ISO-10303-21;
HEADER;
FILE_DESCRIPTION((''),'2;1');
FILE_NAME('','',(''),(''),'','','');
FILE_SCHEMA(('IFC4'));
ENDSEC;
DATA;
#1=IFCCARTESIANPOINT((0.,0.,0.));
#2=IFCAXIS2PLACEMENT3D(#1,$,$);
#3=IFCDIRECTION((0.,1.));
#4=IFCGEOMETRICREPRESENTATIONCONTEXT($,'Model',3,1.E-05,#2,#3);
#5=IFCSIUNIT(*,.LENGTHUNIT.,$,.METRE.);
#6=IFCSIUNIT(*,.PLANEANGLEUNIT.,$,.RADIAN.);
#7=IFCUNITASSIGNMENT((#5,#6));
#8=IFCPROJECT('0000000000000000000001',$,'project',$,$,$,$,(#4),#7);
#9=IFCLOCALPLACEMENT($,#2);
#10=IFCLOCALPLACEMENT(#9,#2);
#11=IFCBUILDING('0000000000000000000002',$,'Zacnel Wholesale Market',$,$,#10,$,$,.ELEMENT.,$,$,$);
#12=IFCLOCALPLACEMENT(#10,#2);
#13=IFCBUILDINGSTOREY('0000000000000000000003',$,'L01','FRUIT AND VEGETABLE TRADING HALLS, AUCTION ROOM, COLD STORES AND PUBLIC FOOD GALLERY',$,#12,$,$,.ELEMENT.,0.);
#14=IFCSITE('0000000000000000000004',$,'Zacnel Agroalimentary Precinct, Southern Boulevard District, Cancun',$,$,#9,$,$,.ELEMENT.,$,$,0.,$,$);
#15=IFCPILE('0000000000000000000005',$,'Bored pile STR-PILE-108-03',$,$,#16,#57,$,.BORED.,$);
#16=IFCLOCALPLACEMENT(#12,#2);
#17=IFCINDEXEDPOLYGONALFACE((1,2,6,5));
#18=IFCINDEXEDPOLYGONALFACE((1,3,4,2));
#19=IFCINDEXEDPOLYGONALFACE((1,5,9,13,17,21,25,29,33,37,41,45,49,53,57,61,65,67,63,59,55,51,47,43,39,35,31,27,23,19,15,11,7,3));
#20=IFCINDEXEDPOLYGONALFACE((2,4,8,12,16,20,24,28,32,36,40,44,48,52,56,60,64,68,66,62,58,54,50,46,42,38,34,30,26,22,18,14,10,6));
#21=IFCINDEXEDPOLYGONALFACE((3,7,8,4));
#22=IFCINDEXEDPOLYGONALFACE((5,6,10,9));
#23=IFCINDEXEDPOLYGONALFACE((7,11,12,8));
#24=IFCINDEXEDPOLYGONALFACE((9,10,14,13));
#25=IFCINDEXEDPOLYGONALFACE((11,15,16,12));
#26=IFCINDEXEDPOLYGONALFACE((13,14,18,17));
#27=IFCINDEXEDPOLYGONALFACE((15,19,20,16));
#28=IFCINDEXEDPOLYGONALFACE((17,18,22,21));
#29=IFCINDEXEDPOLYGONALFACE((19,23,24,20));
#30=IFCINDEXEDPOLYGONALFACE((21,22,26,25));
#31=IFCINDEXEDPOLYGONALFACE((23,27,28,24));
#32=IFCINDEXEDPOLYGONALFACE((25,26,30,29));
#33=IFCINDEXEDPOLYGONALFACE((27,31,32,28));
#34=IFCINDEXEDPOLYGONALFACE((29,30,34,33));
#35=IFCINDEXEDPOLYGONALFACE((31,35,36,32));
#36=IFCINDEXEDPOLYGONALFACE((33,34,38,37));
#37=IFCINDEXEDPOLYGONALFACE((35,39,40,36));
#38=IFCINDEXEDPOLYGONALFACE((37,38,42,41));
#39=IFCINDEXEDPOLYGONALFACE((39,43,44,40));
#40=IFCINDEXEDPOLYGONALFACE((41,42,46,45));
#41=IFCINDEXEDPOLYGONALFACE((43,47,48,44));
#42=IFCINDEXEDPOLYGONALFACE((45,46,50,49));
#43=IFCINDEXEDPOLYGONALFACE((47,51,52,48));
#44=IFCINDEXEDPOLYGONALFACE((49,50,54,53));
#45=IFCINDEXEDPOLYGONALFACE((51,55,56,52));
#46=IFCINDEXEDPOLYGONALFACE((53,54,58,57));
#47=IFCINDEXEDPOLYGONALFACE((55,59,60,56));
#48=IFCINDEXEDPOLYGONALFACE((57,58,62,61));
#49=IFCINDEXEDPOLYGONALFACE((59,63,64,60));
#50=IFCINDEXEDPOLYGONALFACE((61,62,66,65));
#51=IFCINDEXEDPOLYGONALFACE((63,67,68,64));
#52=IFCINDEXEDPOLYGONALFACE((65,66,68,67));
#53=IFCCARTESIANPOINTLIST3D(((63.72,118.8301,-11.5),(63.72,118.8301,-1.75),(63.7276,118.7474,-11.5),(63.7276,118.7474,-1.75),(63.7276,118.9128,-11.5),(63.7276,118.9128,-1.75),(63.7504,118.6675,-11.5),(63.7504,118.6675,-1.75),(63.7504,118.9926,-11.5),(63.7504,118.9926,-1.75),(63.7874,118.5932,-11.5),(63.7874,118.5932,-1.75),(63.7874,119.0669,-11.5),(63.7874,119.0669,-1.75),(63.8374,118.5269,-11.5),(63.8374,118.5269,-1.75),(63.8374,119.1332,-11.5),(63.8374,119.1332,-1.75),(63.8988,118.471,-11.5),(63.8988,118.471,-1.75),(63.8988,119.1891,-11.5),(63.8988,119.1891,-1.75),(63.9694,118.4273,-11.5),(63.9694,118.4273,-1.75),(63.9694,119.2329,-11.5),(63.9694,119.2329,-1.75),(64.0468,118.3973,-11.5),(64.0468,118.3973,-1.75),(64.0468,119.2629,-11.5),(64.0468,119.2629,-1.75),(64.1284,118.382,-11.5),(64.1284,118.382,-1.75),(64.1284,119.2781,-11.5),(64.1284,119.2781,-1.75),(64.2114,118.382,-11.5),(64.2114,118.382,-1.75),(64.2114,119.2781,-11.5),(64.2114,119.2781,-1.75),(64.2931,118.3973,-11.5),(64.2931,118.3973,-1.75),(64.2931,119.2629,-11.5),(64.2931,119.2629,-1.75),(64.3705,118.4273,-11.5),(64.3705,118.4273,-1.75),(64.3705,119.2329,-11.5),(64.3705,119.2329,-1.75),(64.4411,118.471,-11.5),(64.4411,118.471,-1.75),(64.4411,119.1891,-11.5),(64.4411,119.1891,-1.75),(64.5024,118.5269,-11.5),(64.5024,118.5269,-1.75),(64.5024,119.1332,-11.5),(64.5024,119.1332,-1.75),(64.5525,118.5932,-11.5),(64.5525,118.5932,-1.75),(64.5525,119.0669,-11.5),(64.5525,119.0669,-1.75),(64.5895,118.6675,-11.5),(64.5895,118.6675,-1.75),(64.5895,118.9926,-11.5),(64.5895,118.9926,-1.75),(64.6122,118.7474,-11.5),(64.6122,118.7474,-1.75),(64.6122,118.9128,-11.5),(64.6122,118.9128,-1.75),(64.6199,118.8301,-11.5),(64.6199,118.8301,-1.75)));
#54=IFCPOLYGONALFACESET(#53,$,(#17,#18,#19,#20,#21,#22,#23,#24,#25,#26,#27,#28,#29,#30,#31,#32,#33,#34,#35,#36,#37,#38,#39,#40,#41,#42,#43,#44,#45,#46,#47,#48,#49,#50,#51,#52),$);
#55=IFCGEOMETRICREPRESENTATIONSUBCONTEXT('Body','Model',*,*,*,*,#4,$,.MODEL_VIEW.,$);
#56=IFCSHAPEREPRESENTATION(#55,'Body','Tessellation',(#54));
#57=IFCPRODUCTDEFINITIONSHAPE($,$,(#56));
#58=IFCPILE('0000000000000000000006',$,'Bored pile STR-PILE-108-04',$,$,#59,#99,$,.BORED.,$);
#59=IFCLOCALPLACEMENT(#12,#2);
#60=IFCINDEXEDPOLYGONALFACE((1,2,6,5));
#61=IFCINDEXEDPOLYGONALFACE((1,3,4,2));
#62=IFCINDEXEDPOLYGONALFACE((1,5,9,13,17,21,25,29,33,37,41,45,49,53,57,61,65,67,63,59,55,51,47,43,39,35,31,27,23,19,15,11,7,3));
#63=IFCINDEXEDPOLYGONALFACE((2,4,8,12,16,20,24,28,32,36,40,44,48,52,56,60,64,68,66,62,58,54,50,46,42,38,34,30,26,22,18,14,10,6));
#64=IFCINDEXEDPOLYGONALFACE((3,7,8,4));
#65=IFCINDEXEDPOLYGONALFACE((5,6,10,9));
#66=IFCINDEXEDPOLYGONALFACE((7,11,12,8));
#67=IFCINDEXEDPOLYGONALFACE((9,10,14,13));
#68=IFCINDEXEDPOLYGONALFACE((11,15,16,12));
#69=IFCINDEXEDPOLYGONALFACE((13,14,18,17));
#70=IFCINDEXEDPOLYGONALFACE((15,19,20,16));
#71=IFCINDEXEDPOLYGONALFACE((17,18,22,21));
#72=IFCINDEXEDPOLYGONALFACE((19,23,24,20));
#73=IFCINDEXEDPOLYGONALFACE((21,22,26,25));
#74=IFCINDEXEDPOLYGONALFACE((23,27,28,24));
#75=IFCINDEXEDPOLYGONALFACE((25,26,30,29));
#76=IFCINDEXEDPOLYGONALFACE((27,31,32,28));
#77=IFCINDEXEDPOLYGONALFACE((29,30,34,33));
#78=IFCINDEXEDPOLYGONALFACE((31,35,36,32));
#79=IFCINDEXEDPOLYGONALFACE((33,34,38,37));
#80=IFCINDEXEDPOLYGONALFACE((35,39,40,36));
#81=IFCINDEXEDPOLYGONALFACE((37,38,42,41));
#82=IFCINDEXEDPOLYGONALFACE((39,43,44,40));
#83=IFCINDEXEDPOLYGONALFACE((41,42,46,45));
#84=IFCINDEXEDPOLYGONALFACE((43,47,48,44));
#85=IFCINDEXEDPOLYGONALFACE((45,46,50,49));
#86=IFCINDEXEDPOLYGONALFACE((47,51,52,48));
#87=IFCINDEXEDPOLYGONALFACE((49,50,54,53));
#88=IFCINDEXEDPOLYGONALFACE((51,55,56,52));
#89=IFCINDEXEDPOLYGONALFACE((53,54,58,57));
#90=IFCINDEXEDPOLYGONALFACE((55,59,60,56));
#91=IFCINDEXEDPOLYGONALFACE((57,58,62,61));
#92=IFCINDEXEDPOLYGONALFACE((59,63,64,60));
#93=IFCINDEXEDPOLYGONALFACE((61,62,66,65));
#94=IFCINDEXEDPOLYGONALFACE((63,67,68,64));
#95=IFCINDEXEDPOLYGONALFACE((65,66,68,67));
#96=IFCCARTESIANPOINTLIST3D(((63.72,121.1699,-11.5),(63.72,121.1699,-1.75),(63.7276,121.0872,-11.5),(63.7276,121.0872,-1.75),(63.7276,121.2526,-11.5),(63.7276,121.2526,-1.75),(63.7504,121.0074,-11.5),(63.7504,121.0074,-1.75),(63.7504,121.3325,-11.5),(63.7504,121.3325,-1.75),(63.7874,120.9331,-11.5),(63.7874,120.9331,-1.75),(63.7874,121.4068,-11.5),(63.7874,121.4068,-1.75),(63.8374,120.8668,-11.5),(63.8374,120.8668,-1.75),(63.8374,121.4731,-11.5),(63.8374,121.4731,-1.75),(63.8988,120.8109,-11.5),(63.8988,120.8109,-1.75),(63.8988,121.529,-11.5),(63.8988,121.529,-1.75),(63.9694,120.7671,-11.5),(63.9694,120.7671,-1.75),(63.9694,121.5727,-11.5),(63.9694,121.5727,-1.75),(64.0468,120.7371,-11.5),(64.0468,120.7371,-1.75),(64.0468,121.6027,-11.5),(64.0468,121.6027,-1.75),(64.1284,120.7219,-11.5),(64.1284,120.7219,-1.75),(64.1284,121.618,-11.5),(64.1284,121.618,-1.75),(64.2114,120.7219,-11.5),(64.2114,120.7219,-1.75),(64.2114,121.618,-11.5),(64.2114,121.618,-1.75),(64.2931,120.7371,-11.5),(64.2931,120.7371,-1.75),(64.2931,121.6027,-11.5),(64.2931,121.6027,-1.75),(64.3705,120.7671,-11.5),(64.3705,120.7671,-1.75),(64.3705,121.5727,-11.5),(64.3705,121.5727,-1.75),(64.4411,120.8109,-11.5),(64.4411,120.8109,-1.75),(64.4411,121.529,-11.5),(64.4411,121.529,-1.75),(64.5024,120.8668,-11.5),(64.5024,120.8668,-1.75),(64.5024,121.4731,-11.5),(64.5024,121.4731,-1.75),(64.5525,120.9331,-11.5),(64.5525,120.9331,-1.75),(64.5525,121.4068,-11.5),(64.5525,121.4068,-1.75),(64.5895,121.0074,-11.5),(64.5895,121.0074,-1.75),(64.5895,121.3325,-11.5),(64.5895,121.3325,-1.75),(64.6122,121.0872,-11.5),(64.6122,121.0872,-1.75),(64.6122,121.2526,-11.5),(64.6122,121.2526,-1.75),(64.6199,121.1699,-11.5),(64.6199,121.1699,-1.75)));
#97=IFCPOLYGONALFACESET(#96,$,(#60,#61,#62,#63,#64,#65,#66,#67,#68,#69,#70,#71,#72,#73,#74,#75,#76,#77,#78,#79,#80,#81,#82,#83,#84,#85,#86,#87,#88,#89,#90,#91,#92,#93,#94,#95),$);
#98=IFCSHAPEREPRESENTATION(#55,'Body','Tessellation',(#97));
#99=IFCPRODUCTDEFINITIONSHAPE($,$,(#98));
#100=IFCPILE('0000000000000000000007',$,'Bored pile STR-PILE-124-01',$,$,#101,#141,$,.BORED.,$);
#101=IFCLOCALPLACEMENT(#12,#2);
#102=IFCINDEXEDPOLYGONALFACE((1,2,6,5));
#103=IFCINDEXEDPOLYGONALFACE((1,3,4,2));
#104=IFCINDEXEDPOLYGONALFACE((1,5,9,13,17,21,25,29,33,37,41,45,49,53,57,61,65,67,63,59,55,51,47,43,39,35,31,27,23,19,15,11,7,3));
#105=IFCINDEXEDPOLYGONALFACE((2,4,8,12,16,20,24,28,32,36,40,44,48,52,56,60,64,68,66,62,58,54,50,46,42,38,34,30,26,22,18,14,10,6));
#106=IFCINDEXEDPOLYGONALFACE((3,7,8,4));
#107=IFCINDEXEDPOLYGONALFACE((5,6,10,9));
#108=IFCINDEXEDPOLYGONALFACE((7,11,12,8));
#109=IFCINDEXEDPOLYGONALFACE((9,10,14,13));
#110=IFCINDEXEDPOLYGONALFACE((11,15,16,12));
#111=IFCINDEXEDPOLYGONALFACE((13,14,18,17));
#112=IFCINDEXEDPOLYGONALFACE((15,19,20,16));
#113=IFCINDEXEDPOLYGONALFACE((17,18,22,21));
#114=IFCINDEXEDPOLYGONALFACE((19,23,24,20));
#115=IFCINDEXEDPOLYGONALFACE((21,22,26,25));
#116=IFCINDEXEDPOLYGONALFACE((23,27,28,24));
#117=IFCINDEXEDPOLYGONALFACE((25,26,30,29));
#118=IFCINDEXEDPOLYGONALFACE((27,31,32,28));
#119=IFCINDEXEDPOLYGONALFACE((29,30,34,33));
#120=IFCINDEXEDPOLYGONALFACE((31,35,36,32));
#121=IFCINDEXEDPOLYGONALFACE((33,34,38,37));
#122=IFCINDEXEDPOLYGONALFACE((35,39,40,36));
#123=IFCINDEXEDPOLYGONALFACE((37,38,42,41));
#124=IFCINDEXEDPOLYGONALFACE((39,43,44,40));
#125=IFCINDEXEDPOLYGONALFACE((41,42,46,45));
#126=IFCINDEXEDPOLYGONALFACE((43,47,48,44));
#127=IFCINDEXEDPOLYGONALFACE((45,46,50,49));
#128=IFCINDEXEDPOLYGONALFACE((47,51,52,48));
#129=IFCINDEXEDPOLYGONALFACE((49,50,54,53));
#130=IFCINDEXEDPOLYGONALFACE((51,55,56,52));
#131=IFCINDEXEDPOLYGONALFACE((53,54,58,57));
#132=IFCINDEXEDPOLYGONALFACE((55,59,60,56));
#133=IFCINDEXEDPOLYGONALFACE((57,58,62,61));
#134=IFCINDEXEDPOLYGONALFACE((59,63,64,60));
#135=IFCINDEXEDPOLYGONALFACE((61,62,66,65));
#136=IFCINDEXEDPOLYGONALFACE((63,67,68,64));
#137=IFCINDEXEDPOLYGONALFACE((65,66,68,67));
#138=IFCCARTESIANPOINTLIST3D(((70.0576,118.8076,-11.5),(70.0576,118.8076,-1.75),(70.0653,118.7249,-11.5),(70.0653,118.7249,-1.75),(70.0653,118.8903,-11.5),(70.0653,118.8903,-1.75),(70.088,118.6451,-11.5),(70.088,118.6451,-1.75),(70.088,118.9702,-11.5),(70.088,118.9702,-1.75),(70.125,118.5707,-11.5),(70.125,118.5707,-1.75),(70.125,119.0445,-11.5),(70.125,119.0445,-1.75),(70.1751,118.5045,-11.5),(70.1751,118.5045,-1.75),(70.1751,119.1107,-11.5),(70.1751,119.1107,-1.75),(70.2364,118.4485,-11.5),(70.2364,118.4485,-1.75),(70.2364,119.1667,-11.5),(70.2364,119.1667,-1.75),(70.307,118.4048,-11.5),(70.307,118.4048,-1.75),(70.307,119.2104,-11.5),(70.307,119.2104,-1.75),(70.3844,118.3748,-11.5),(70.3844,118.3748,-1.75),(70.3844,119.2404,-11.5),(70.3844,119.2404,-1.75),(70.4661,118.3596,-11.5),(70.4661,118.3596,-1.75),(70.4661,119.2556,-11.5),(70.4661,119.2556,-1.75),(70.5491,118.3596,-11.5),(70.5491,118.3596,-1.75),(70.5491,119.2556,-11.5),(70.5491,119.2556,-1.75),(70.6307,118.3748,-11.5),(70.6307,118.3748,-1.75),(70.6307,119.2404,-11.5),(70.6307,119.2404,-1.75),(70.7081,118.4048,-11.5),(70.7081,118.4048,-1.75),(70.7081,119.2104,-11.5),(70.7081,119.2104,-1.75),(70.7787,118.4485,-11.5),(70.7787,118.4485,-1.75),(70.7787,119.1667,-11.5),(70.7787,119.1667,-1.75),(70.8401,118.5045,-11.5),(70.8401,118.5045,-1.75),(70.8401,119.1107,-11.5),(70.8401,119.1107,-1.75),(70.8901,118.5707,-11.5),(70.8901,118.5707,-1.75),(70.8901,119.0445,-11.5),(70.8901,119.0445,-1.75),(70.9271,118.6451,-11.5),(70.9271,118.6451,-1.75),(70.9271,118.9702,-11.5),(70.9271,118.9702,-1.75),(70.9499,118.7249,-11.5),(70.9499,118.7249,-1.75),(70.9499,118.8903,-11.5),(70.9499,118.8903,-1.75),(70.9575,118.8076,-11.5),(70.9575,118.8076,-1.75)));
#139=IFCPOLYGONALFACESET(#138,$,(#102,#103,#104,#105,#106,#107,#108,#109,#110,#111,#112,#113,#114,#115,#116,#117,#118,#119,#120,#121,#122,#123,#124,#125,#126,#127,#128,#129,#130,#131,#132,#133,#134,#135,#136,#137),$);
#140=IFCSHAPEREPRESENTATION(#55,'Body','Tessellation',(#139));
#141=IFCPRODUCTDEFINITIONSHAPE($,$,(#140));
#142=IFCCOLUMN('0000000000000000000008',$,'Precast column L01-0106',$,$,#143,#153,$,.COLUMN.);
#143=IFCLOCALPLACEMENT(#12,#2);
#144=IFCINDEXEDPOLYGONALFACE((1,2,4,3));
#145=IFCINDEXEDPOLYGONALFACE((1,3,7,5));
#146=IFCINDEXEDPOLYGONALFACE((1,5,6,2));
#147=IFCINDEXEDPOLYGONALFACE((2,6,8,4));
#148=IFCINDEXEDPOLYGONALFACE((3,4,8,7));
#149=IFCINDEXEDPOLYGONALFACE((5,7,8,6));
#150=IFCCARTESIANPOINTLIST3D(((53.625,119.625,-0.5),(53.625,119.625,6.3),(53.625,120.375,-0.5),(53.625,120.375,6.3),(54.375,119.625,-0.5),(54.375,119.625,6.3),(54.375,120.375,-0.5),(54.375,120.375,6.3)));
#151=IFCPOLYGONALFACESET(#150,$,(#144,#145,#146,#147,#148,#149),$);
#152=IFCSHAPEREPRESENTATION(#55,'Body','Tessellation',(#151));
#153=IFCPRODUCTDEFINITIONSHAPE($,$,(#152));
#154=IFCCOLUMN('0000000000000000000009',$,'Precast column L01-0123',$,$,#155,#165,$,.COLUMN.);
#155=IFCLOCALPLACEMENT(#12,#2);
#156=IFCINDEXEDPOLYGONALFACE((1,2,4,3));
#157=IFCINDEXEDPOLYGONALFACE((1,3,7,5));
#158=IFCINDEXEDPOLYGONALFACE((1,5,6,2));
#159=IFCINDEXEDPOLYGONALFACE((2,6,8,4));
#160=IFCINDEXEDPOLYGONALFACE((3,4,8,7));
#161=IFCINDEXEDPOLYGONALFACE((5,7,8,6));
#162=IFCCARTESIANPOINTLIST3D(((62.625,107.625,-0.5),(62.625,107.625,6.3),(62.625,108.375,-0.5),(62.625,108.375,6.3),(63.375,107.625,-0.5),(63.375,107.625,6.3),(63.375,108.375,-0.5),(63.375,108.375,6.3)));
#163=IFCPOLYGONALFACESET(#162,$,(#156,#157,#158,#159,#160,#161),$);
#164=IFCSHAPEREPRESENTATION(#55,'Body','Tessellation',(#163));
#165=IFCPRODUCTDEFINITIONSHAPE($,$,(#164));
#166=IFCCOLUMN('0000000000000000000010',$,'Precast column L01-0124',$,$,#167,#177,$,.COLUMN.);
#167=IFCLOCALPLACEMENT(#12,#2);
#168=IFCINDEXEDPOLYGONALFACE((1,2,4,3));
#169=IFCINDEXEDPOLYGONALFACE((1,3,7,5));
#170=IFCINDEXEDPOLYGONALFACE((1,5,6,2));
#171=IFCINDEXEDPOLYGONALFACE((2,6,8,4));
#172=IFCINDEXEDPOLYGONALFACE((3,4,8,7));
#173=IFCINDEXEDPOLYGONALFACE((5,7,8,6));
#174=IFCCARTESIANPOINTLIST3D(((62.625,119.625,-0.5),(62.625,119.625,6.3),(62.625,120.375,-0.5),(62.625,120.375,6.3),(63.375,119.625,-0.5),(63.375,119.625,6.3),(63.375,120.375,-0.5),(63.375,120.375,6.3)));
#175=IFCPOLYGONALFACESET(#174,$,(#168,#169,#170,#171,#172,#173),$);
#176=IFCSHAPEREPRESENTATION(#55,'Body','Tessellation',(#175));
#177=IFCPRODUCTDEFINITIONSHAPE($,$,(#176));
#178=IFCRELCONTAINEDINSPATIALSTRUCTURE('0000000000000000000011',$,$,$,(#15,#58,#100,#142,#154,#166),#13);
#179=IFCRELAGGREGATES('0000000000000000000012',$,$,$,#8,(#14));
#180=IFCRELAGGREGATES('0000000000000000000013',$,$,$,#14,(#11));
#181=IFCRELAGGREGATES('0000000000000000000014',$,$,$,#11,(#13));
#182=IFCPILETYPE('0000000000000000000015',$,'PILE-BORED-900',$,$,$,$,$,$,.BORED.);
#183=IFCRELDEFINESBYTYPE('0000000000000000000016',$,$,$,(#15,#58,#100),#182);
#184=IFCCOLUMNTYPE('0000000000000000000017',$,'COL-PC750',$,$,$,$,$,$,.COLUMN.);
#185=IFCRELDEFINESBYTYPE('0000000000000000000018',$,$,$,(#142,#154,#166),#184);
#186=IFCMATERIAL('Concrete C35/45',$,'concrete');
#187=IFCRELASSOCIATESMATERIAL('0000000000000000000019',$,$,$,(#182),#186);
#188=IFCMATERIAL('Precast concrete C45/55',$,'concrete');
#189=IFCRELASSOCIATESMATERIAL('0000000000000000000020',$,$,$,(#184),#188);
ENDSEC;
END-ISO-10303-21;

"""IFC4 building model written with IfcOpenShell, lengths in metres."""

from ifc_helpers import new_model, si_unit, direction, frame, origin, origin_2d, place, context, subcontext, project, spatial, rectangle, circle, extrude, material, material_profile, profile_set, type_object, element, save


model = new_model("IFC4")

# Units and contexts
model_context = context("Model", 3, precision=1e-05, world=origin(), true_north=direction((0.0, 1.0)))
body_context = subcontext(model_context, "Body", "Model", "MODEL_VIEW")
ifc_project = project(units=[si_unit("LENGTHUNIT", "METRE"), si_unit("PLANEANGLEUNIT", "RADIAN")], contexts=[model_context])

# Site, building, storey
site_placement = place(None, origin())
site = spatial("IfcSite", under=ifc_project, at=site_placement, Name="Zacnel Agroalimentary Precinct, Southern Boulevard District, Cancun", CompositionType="ELEMENT", RefElevation=0.0)
building_placement = place(site_placement, origin())
building = spatial("IfcBuilding", under=site, at=building_placement, Name="Zacnel Wholesale Market", CompositionType="ELEMENT")
storey_placement = place(building_placement, origin())
storey = spatial("IfcBuildingStorey", under=building, at=storey_placement, Name="L01", Description="FRUIT AND VEGETABLE TRADING HALLS, AUCTION ROOM, COLD STORES AND PUBLIC FOOD GALLERY", CompositionType="ELEMENT", Elevation=0.0)

# Piles
ifc_material_1 = material(Name="Concrete C35/45", Category="concrete")
ifc_material_profile_1 = material_profile(ifc_material_1, circle(Radius=0.45, at=origin_2d()), Name="BORED PILE D900")
ifc_profile_set_1 = profile_set([ifc_material_profile_1], Name="Concrete C35/45")
pile_type_1 = type_object("IfcPileType", Name="PILE-BORED-900", PredefinedType="BORED", material=ifc_profile_set_1)
for number, where, z_axis, x_axis, name in (
    (1, (64.1699, 118.8301, -1.75), (0.0, 0.0, -1.0), (1.0, 0.0, 0.0), "Bored pile STR-PILE-108-03"),
    (2, (64.1699, 121.1699, -1.75), (0.0, 0.0, -1.0), (1.0, 0.0, 0.0), "Bored pile STR-PILE-108-04"),
    (3, (70.5076, 118.8076, -1.75), (0.0, 0.0, -1.0), (1.0, 0.0, 0.0), "Bored pile STR-PILE-124-01"),
):
    element("IfcPile", number, at=place(storey_placement, frame(where, z_axis=z_axis, x_axis=x_axis)), inside=storey, type_object=pile_type_1, Name=name, PredefinedType="BORED", context=body_context, shape_type="SweptSolid", body=[
        extrude(circle(Radius=0.45, at=origin_2d()), origin(), (0.0, 0.0, 1.0), 9.75),
    ])

# Columns
ifc_material_2 = material(Name="Precast concrete C45/55", Category="concrete")
ifc_material_profile_2 = material_profile(ifc_material_2, rectangle(XDim=0.75, YDim=0.75, at=origin_2d()), Name="PC 750x750")
ifc_profile_set_2 = profile_set([ifc_material_profile_2], Name="Precast concrete C45/55")
column_type = type_object("IfcColumnType", Name="COL-PC750", PredefinedType="COLUMN", material=ifc_profile_set_2)
for number, where, z_axis, x_axis, name in (
    (4, (54.0, 120.0, -0.5), (0.0, 0.0, 1.0), (1.0, 0.0, 0.0), "Precast column L01-0106"),
    (5, (63.0, 108.0, -0.5), (0.0, 0.0, 1.0), (1.0, 0.0, 0.0), "Precast column L01-0123"),
    (6, (63.0, 120.0, -0.5), (0.0, 0.0, 1.0), (1.0, 0.0, 0.0), "Precast column L01-0124"),
):
    element("IfcColumn", number, at=place(storey_placement, frame(where, z_axis=z_axis, x_axis=x_axis)), inside=storey, type_object=column_type, Name=name, PredefinedType="COLUMN", context=body_context, shape_type="SweptSolid", body=[
        extrude(rectangle(XDim=0.75, YDim=0.75, at=origin_2d()), origin(), (0.0, 0.0, 1.0), 6.8),
    ])

save(model, "model.ifc")
